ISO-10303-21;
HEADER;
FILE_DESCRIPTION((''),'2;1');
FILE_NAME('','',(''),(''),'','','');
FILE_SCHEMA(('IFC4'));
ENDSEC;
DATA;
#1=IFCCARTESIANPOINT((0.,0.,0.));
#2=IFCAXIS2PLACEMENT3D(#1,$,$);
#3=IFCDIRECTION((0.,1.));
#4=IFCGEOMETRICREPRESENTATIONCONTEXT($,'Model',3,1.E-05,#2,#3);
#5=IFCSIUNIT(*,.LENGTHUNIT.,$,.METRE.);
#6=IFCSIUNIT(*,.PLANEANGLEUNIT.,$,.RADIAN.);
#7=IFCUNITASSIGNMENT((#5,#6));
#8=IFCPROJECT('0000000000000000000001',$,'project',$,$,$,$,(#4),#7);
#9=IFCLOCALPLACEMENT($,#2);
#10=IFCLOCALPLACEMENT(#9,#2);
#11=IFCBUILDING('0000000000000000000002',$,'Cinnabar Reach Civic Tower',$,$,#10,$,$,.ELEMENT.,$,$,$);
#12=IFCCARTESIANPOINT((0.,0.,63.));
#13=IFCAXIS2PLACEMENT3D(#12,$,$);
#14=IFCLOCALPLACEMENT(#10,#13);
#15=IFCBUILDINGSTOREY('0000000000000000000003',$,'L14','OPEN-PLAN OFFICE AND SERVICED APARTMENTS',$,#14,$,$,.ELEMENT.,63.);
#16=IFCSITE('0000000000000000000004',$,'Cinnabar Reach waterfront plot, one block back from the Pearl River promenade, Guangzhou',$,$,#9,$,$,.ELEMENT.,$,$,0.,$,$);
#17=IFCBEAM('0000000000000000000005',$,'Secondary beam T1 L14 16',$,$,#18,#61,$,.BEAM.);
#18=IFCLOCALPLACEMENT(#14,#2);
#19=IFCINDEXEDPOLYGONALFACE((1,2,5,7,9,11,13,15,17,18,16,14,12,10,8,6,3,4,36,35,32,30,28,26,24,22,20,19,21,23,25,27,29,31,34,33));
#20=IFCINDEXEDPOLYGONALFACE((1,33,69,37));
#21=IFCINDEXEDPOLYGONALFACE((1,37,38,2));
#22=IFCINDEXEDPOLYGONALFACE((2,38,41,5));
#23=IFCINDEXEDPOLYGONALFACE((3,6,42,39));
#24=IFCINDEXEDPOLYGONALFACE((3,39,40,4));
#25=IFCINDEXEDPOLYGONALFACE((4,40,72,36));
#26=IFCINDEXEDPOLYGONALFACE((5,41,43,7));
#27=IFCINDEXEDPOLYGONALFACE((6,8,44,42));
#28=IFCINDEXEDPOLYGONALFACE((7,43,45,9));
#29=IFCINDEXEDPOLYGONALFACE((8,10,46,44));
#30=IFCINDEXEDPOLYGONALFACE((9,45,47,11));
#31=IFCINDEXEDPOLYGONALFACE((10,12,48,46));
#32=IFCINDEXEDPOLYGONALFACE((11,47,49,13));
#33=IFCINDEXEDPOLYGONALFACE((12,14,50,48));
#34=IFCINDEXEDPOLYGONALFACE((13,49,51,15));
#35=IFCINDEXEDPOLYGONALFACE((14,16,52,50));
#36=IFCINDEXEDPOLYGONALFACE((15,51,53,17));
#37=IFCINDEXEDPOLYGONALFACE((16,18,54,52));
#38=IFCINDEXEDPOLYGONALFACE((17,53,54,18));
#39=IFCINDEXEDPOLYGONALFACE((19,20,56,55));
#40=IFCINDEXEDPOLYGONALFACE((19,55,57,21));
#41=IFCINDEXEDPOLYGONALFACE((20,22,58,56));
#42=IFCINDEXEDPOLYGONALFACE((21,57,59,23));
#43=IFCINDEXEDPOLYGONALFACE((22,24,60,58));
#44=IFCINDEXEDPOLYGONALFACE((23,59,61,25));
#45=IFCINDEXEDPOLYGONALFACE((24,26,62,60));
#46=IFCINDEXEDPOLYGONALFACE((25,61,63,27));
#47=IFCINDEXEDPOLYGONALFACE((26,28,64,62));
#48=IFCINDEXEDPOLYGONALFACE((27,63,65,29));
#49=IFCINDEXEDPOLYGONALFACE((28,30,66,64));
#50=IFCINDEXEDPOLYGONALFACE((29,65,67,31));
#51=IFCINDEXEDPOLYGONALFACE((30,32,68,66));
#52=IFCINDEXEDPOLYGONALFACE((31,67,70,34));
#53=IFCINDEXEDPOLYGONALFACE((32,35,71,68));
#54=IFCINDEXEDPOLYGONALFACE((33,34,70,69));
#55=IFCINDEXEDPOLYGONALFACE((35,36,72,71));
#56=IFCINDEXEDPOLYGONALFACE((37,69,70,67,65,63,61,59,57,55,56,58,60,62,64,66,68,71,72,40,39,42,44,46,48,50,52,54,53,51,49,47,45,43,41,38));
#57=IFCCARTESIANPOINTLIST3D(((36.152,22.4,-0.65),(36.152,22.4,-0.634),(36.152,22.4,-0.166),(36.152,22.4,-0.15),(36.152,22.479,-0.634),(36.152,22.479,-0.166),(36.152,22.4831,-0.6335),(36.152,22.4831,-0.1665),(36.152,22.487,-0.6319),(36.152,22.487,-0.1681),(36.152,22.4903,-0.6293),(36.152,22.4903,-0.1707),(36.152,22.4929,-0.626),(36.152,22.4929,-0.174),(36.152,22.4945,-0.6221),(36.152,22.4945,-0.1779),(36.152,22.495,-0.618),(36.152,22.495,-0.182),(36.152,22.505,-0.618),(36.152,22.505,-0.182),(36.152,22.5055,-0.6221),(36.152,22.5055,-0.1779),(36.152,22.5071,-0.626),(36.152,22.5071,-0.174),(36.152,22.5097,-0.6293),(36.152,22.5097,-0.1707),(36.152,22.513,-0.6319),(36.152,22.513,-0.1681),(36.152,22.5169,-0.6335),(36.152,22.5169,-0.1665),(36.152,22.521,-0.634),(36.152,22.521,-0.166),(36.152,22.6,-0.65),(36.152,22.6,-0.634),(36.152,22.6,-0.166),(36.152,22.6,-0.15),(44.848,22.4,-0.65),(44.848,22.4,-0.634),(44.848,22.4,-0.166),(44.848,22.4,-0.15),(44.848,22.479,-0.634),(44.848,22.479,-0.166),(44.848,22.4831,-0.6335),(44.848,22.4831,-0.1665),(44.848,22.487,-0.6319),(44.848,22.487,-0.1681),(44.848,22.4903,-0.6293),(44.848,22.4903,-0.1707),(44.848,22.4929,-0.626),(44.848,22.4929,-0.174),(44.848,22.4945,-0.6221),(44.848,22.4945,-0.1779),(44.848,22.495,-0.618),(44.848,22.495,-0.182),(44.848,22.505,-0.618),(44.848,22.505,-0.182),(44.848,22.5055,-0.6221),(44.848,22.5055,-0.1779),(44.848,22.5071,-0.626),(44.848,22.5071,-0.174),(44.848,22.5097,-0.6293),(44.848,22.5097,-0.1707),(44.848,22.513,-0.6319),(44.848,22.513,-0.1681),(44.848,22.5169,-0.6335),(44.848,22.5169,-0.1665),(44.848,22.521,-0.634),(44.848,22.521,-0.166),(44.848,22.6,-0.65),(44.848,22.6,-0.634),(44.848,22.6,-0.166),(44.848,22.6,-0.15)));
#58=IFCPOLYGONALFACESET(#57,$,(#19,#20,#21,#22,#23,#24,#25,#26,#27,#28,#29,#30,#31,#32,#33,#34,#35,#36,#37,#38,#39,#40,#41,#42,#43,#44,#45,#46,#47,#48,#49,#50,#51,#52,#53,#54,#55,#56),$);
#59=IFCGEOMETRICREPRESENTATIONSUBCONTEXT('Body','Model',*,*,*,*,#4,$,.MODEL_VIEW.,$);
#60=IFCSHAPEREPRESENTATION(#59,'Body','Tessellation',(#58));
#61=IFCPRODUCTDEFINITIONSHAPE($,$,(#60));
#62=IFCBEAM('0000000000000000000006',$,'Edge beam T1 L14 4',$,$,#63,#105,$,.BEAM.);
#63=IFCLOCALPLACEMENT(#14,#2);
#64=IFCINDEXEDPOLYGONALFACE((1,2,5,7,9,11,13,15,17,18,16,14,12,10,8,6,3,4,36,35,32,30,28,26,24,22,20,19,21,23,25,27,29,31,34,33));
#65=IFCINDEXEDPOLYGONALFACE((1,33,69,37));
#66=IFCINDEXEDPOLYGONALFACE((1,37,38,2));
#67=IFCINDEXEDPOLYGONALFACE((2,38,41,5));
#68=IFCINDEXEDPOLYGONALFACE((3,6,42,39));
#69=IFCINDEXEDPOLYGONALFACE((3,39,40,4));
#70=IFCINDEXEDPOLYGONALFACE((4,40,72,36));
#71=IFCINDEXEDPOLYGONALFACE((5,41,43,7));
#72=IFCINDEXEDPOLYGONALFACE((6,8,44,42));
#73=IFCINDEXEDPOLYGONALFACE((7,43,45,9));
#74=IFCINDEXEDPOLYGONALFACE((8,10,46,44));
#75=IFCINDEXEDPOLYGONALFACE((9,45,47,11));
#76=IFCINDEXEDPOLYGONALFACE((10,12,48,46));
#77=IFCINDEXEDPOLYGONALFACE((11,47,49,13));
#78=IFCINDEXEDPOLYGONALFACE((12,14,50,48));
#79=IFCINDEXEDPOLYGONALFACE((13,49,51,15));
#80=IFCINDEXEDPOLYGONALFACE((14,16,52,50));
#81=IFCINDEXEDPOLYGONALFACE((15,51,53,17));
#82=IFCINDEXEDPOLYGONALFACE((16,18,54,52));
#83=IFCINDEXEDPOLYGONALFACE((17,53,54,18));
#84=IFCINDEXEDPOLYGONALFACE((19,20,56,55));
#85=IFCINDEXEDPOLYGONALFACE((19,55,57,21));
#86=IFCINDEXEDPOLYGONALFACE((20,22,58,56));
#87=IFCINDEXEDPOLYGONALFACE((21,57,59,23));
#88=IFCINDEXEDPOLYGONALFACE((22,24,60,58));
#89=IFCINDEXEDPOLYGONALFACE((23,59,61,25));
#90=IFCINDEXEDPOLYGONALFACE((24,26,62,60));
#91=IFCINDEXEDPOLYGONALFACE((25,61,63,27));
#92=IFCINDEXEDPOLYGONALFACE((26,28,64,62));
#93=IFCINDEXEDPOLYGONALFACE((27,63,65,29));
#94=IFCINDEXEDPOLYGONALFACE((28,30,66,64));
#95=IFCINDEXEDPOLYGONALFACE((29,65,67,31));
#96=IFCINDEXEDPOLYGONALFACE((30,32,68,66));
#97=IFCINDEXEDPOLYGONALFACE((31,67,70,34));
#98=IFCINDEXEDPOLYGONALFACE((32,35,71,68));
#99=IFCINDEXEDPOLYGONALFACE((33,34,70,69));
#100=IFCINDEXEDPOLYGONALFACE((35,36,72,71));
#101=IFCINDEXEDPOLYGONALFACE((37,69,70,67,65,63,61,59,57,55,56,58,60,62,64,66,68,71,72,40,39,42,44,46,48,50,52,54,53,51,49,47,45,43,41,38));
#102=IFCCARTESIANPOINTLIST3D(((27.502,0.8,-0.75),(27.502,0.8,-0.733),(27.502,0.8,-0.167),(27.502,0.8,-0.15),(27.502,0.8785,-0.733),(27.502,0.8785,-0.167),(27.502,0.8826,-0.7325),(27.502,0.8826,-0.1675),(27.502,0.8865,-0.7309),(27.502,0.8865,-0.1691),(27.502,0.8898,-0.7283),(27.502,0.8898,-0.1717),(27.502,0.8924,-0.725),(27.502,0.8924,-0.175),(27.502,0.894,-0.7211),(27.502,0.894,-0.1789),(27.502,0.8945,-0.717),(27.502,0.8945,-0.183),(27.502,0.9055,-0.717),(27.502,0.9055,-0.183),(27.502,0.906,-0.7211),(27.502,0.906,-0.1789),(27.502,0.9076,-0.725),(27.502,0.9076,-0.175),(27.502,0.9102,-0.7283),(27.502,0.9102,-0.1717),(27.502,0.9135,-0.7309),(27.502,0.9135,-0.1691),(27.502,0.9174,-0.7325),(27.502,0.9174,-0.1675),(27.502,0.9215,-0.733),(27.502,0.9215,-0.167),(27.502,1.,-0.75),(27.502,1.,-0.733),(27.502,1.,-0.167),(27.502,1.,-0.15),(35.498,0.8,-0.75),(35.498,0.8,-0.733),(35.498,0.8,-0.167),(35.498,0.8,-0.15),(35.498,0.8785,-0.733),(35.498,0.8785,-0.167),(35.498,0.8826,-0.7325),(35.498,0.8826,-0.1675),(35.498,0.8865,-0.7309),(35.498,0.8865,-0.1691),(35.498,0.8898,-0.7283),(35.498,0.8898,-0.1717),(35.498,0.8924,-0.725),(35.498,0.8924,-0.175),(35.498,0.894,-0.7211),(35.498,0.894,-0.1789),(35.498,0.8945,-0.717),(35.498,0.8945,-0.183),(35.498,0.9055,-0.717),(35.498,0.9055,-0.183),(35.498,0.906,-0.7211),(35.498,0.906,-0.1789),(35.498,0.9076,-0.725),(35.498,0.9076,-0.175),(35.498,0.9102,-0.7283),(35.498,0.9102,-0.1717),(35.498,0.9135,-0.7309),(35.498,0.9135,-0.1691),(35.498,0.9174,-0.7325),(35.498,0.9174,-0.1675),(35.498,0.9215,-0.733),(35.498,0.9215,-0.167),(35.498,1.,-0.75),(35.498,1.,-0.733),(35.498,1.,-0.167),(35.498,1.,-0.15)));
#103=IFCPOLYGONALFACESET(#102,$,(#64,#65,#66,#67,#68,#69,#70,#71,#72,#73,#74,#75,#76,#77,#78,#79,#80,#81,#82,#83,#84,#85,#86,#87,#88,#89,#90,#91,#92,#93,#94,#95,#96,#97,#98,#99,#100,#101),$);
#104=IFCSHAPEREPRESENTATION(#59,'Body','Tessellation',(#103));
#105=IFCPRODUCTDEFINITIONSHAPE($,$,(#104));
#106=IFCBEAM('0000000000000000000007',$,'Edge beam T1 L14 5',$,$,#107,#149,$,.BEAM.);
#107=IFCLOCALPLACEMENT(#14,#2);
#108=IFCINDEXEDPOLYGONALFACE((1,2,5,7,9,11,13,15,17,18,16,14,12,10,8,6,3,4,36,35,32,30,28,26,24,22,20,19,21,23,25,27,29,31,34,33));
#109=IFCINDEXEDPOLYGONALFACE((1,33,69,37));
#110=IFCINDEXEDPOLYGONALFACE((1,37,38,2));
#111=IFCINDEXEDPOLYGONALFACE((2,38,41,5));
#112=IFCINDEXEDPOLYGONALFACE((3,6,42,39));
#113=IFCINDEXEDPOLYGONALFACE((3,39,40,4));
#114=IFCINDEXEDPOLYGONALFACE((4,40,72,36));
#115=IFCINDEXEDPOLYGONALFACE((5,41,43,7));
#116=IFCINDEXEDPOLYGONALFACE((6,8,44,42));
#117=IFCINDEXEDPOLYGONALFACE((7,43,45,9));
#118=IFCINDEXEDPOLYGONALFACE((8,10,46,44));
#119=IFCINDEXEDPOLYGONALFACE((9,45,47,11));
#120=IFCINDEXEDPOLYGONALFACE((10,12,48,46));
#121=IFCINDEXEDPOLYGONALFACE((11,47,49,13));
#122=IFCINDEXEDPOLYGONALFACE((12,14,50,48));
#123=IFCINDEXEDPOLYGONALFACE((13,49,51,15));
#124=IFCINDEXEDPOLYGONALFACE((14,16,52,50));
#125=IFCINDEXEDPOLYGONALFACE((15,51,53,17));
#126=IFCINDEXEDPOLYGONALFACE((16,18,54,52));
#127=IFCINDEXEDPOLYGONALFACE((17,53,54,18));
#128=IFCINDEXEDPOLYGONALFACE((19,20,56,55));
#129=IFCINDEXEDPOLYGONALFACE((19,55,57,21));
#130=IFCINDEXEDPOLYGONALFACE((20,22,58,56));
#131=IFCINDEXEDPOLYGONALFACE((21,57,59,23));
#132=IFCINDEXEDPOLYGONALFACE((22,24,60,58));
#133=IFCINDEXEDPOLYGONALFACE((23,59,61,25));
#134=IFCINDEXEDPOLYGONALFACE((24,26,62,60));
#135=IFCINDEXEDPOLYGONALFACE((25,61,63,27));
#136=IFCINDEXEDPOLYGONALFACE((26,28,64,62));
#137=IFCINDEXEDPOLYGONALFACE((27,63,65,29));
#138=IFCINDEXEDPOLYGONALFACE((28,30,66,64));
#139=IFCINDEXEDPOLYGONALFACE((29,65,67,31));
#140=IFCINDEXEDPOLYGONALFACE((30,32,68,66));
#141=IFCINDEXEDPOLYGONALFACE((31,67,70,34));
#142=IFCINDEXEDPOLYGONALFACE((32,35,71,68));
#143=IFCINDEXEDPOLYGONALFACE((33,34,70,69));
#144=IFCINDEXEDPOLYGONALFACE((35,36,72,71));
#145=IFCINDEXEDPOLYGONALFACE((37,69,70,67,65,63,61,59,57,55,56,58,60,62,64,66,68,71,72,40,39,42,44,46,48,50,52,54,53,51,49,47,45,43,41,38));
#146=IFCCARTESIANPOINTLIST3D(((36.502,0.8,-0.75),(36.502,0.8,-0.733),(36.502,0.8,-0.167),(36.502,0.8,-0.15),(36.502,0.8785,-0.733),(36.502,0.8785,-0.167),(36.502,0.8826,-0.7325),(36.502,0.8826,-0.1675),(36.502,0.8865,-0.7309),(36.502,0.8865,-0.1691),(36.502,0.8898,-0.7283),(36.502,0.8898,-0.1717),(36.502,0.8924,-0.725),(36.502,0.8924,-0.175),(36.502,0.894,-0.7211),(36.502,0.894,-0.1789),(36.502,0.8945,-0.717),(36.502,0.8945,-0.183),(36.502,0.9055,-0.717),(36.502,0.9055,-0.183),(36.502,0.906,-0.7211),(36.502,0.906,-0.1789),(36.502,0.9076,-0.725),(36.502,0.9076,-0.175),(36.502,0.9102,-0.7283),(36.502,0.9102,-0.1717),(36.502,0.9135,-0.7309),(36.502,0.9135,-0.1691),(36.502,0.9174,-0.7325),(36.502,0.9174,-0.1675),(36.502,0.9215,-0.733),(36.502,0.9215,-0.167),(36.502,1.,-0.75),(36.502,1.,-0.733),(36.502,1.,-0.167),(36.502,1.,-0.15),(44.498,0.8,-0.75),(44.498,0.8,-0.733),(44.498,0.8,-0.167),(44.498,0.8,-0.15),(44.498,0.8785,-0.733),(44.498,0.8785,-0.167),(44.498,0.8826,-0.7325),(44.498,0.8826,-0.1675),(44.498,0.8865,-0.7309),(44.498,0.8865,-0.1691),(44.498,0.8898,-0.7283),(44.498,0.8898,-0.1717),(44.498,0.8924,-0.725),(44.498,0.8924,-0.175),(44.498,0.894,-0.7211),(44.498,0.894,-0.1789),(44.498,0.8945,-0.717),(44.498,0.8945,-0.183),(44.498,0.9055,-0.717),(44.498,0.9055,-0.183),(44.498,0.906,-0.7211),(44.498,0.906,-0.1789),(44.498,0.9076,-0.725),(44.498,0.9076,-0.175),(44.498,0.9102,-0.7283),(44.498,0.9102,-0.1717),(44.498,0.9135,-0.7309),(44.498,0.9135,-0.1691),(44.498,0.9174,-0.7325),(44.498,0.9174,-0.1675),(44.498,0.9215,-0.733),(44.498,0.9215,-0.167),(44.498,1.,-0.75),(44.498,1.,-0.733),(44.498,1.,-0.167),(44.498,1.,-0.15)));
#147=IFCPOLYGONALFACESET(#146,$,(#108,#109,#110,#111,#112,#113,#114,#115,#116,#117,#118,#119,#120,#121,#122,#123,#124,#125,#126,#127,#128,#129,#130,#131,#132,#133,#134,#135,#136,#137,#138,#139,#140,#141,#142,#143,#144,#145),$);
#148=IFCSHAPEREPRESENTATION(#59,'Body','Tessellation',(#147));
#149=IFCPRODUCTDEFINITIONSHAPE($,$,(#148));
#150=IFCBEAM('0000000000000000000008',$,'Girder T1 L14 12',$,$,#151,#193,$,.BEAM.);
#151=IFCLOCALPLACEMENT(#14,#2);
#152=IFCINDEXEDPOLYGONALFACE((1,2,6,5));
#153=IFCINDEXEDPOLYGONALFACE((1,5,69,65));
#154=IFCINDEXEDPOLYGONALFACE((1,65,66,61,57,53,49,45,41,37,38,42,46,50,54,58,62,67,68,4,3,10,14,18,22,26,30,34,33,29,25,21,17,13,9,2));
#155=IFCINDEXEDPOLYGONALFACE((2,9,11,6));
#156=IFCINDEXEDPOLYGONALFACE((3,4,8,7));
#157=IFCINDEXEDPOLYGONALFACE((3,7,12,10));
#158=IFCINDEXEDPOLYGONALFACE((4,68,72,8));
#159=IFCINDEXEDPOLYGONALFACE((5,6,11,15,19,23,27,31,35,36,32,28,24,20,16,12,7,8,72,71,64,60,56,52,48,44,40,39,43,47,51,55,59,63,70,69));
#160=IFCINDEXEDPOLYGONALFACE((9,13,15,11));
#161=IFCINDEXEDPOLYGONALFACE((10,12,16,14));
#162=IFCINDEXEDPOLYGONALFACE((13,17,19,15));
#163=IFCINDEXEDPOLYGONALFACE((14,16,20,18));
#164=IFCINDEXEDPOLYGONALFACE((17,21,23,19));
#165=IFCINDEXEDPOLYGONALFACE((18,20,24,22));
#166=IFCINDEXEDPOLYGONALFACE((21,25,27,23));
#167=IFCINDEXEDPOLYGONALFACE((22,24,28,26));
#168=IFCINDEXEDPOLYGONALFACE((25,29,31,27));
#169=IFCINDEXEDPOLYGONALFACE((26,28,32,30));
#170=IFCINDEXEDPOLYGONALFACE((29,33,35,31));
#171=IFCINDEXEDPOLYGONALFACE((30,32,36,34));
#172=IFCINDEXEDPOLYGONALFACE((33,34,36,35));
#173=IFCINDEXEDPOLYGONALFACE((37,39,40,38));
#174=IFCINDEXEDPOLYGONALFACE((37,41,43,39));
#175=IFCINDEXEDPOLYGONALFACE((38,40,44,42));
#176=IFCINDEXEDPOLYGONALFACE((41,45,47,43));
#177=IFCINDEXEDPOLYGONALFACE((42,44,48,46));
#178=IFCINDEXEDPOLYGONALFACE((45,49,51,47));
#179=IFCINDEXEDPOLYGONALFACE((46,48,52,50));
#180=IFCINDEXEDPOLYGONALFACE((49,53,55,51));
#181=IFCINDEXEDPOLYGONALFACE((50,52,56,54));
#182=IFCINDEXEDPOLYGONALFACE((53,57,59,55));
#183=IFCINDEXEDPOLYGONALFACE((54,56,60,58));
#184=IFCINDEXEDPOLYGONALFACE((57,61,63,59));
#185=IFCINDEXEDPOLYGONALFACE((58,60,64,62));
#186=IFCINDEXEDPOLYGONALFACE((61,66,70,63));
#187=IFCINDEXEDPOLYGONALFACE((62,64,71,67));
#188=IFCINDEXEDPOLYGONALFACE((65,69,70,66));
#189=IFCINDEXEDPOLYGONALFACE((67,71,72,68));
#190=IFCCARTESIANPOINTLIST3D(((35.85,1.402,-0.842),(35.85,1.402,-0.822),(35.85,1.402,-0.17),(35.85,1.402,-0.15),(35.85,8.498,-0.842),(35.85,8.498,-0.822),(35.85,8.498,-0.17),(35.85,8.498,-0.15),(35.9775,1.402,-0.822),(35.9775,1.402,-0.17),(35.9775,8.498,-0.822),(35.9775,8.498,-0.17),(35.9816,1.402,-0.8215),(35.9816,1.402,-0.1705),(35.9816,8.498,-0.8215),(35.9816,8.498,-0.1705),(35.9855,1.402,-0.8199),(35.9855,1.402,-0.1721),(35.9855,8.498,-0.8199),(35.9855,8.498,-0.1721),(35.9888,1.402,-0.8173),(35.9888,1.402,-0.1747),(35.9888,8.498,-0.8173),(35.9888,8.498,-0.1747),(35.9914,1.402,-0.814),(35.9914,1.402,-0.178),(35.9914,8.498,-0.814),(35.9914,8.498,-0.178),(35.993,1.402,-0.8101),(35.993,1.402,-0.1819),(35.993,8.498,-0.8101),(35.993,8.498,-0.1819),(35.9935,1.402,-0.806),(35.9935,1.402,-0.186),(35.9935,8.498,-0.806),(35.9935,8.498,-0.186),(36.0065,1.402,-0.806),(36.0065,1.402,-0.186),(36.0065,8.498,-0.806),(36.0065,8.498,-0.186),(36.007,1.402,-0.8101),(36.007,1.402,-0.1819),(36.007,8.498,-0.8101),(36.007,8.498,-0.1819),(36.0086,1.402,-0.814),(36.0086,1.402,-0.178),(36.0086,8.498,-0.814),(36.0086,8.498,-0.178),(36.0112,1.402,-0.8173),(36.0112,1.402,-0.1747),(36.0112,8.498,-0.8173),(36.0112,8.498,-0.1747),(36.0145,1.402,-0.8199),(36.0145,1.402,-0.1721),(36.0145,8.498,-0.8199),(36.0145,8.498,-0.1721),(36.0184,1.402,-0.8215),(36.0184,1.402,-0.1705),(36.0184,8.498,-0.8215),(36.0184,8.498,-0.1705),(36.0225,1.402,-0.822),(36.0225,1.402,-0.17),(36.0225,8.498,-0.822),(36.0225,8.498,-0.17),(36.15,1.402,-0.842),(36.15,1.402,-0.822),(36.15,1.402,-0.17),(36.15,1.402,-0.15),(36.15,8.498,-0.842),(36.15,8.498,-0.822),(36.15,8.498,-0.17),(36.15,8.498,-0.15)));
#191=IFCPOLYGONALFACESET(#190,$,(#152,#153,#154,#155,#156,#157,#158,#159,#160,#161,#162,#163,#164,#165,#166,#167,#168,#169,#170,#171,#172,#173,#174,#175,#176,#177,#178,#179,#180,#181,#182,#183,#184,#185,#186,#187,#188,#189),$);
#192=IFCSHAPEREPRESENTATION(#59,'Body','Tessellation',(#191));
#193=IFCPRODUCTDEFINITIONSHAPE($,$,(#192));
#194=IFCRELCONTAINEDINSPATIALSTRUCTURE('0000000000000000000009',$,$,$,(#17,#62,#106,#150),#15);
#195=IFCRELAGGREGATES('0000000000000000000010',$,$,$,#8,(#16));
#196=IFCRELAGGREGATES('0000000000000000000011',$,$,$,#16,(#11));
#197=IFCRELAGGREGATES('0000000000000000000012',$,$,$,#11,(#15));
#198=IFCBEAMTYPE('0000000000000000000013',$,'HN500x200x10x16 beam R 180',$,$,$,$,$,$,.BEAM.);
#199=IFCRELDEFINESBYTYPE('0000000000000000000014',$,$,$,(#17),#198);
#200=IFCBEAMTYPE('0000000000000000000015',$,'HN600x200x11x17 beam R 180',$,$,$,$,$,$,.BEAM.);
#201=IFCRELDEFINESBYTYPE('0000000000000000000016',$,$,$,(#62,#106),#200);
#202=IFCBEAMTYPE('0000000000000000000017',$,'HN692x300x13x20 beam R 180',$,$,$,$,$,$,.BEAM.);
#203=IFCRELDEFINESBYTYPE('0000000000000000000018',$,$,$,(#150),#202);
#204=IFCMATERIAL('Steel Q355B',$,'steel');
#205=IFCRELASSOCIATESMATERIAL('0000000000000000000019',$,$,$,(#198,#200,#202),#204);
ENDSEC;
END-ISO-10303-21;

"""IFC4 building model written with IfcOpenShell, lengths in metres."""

from ifc_helpers import new_model, si_unit, direction, frame, origin, origin_2d, place, context, subcontext, project, spatial, i_section, extrude, material, material_profile, profile_set, type_object, element, save


model = new_model("IFC4")

# Units and contexts
model_context = context("Model", 3, precision=1e-05, world=origin(), true_north=direction((0.0, 1.0)))
body_context = subcontext(model_context, "Body", "Model", "MODEL_VIEW")
ifc_project = project(units=[si_unit("LENGTHUNIT", "METRE"), si_unit("PLANEANGLEUNIT", "RADIAN")], contexts=[model_context])

# Site, building, storey
site_placement = place(None, origin())
site = spatial("IfcSite", under=ifc_project, at=site_placement, Name="Cinnabar Reach waterfront plot, one block back from the Pearl River promenade, Guangzhou", CompositionType="ELEMENT", RefElevation=0.0)
building_placement = place(site_placement, origin())
building = spatial("IfcBuilding", under=site, at=building_placement, Name="Cinnabar Reach Civic Tower", CompositionType="ELEMENT")
storey_placement = place(building_placement, frame((0.0, 0.0, 63.0)))
storey = spatial("IfcBuildingStorey", under=building, at=storey_placement, Name="L14", Description="OPEN-PLAN OFFICE AND SERVICED APARTMENTS", CompositionType="ELEMENT", Elevation=63.0)

# Beams
ifc_material_1 = material(Name="Steel Q355B", Category="steel")
ifc_material_profile_1 = material_profile(ifc_material_1, i_section(OverallWidth=0.2, OverallDepth=0.5, WebThickness=0.01, FlangeThickness=0.016, FilletRadius=0.016, at=origin_2d()), Name="HN500x200x10x16")
ifc_profile_set_1 = profile_set([ifc_material_profile_1], Name="Steel Q355B")
beam_type_1 = type_object("IfcBeamType", Name="HN500x200x10x16 beam R 180", PredefinedType="BEAM", material=ifc_profile_set_1)
for number, where, z_axis, x_axis, name in (
    (1, (36.152, 22.5, -0.4), (1.0, 0.0, 0.0), (0.0, 1.0, 0.0), "Secondary beam T1 L14 16"),
):
    element("IfcBeam", number, at=place(storey_placement, frame(where, z_axis=z_axis, x_axis=x_axis)), inside=storey, type_object=beam_type_1, Name=name, PredefinedType="BEAM", context=body_context, shape_type="SweptSolid", body=[
        extrude(i_section(OverallWidth=0.2, OverallDepth=0.5, WebThickness=0.01, FlangeThickness=0.016, FilletRadius=0.016, at=origin_2d()), origin(), (0.0, 0.0, 1.0), 8.696),
    ])
ifc_material_profile_2 = material_profile(ifc_material_1, i_section(OverallWidth=0.2, OverallDepth=0.6, WebThickness=0.011, FlangeThickness=0.017, FilletRadius=0.016, at=origin_2d()), Name="HN600x200x11x17")
ifc_profile_set_2 = profile_set([ifc_material_profile_2], Name="Steel Q355B")
beam_type_2 = type_object("IfcBeamType", Name="HN600x200x11x17 beam R 180", PredefinedType="BEAM", material=ifc_profile_set_2)
for number, where, z_axis, x_axis, name in (
    (2, (27.502, 0.9, -0.45), (1.0, 0.0, 0.0), (0.0, 1.0, 0.0), "Edge beam T1 L14 4"),
    (3, (36.502, 0.9, -0.45), (1.0, 0.0, 0.0), (0.0, 1.0, 0.0), "Edge beam T1 L14 5"),
):
    element("IfcBeam", number, at=place(storey_placement, frame(where, z_axis=z_axis, x_axis=x_axis)), inside=storey, type_object=beam_type_2, Name=name, PredefinedType="BEAM", context=body_context, shape_type="SweptSolid", body=[
        extrude(i_section(OverallWidth=0.2, OverallDepth=0.6, WebThickness=0.011, FlangeThickness=0.017, FilletRadius=0.016, at=origin_2d()), origin(), (0.0, 0.0, 1.0), 7.996),
    ])
ifc_material_profile_3 = material_profile(ifc_material_1, i_section(OverallWidth=0.3, OverallDepth=0.692, WebThickness=0.013, FlangeThickness=0.02, FilletRadius=0.016, at=origin_2d()), Name="HN692x300x13x20")
ifc_profile_set_3 = profile_set([ifc_material_profile_3], Name="Steel Q355B")
beam_type_3 = type_object("IfcBeamType", Name="HN692x300x13x20 beam R 180", PredefinedType="BEAM", material=ifc_profile_set_3)
beam_1_placement = place(storey_placement, frame((36.0, 1.402, -0.496), z_axis=(0.0, 1.0, 0.0), x_axis=(-1.0, 0.0, 0.0)))
element("IfcBeam", 4, at=beam_1_placement, inside=storey, type_object=beam_type_3, Name="Girder T1 L14 12", PredefinedType="BEAM", context=body_context, shape_type="SweptSolid", body=[
    extrude(i_section(OverallWidth=0.3, OverallDepth=0.692, WebThickness=0.013, FlangeThickness=0.02, FilletRadius=0.016, at=origin_2d()), origin(), (0.0, 0.0, 1.0), 7.096),
])

save(model, "model.ifc")
